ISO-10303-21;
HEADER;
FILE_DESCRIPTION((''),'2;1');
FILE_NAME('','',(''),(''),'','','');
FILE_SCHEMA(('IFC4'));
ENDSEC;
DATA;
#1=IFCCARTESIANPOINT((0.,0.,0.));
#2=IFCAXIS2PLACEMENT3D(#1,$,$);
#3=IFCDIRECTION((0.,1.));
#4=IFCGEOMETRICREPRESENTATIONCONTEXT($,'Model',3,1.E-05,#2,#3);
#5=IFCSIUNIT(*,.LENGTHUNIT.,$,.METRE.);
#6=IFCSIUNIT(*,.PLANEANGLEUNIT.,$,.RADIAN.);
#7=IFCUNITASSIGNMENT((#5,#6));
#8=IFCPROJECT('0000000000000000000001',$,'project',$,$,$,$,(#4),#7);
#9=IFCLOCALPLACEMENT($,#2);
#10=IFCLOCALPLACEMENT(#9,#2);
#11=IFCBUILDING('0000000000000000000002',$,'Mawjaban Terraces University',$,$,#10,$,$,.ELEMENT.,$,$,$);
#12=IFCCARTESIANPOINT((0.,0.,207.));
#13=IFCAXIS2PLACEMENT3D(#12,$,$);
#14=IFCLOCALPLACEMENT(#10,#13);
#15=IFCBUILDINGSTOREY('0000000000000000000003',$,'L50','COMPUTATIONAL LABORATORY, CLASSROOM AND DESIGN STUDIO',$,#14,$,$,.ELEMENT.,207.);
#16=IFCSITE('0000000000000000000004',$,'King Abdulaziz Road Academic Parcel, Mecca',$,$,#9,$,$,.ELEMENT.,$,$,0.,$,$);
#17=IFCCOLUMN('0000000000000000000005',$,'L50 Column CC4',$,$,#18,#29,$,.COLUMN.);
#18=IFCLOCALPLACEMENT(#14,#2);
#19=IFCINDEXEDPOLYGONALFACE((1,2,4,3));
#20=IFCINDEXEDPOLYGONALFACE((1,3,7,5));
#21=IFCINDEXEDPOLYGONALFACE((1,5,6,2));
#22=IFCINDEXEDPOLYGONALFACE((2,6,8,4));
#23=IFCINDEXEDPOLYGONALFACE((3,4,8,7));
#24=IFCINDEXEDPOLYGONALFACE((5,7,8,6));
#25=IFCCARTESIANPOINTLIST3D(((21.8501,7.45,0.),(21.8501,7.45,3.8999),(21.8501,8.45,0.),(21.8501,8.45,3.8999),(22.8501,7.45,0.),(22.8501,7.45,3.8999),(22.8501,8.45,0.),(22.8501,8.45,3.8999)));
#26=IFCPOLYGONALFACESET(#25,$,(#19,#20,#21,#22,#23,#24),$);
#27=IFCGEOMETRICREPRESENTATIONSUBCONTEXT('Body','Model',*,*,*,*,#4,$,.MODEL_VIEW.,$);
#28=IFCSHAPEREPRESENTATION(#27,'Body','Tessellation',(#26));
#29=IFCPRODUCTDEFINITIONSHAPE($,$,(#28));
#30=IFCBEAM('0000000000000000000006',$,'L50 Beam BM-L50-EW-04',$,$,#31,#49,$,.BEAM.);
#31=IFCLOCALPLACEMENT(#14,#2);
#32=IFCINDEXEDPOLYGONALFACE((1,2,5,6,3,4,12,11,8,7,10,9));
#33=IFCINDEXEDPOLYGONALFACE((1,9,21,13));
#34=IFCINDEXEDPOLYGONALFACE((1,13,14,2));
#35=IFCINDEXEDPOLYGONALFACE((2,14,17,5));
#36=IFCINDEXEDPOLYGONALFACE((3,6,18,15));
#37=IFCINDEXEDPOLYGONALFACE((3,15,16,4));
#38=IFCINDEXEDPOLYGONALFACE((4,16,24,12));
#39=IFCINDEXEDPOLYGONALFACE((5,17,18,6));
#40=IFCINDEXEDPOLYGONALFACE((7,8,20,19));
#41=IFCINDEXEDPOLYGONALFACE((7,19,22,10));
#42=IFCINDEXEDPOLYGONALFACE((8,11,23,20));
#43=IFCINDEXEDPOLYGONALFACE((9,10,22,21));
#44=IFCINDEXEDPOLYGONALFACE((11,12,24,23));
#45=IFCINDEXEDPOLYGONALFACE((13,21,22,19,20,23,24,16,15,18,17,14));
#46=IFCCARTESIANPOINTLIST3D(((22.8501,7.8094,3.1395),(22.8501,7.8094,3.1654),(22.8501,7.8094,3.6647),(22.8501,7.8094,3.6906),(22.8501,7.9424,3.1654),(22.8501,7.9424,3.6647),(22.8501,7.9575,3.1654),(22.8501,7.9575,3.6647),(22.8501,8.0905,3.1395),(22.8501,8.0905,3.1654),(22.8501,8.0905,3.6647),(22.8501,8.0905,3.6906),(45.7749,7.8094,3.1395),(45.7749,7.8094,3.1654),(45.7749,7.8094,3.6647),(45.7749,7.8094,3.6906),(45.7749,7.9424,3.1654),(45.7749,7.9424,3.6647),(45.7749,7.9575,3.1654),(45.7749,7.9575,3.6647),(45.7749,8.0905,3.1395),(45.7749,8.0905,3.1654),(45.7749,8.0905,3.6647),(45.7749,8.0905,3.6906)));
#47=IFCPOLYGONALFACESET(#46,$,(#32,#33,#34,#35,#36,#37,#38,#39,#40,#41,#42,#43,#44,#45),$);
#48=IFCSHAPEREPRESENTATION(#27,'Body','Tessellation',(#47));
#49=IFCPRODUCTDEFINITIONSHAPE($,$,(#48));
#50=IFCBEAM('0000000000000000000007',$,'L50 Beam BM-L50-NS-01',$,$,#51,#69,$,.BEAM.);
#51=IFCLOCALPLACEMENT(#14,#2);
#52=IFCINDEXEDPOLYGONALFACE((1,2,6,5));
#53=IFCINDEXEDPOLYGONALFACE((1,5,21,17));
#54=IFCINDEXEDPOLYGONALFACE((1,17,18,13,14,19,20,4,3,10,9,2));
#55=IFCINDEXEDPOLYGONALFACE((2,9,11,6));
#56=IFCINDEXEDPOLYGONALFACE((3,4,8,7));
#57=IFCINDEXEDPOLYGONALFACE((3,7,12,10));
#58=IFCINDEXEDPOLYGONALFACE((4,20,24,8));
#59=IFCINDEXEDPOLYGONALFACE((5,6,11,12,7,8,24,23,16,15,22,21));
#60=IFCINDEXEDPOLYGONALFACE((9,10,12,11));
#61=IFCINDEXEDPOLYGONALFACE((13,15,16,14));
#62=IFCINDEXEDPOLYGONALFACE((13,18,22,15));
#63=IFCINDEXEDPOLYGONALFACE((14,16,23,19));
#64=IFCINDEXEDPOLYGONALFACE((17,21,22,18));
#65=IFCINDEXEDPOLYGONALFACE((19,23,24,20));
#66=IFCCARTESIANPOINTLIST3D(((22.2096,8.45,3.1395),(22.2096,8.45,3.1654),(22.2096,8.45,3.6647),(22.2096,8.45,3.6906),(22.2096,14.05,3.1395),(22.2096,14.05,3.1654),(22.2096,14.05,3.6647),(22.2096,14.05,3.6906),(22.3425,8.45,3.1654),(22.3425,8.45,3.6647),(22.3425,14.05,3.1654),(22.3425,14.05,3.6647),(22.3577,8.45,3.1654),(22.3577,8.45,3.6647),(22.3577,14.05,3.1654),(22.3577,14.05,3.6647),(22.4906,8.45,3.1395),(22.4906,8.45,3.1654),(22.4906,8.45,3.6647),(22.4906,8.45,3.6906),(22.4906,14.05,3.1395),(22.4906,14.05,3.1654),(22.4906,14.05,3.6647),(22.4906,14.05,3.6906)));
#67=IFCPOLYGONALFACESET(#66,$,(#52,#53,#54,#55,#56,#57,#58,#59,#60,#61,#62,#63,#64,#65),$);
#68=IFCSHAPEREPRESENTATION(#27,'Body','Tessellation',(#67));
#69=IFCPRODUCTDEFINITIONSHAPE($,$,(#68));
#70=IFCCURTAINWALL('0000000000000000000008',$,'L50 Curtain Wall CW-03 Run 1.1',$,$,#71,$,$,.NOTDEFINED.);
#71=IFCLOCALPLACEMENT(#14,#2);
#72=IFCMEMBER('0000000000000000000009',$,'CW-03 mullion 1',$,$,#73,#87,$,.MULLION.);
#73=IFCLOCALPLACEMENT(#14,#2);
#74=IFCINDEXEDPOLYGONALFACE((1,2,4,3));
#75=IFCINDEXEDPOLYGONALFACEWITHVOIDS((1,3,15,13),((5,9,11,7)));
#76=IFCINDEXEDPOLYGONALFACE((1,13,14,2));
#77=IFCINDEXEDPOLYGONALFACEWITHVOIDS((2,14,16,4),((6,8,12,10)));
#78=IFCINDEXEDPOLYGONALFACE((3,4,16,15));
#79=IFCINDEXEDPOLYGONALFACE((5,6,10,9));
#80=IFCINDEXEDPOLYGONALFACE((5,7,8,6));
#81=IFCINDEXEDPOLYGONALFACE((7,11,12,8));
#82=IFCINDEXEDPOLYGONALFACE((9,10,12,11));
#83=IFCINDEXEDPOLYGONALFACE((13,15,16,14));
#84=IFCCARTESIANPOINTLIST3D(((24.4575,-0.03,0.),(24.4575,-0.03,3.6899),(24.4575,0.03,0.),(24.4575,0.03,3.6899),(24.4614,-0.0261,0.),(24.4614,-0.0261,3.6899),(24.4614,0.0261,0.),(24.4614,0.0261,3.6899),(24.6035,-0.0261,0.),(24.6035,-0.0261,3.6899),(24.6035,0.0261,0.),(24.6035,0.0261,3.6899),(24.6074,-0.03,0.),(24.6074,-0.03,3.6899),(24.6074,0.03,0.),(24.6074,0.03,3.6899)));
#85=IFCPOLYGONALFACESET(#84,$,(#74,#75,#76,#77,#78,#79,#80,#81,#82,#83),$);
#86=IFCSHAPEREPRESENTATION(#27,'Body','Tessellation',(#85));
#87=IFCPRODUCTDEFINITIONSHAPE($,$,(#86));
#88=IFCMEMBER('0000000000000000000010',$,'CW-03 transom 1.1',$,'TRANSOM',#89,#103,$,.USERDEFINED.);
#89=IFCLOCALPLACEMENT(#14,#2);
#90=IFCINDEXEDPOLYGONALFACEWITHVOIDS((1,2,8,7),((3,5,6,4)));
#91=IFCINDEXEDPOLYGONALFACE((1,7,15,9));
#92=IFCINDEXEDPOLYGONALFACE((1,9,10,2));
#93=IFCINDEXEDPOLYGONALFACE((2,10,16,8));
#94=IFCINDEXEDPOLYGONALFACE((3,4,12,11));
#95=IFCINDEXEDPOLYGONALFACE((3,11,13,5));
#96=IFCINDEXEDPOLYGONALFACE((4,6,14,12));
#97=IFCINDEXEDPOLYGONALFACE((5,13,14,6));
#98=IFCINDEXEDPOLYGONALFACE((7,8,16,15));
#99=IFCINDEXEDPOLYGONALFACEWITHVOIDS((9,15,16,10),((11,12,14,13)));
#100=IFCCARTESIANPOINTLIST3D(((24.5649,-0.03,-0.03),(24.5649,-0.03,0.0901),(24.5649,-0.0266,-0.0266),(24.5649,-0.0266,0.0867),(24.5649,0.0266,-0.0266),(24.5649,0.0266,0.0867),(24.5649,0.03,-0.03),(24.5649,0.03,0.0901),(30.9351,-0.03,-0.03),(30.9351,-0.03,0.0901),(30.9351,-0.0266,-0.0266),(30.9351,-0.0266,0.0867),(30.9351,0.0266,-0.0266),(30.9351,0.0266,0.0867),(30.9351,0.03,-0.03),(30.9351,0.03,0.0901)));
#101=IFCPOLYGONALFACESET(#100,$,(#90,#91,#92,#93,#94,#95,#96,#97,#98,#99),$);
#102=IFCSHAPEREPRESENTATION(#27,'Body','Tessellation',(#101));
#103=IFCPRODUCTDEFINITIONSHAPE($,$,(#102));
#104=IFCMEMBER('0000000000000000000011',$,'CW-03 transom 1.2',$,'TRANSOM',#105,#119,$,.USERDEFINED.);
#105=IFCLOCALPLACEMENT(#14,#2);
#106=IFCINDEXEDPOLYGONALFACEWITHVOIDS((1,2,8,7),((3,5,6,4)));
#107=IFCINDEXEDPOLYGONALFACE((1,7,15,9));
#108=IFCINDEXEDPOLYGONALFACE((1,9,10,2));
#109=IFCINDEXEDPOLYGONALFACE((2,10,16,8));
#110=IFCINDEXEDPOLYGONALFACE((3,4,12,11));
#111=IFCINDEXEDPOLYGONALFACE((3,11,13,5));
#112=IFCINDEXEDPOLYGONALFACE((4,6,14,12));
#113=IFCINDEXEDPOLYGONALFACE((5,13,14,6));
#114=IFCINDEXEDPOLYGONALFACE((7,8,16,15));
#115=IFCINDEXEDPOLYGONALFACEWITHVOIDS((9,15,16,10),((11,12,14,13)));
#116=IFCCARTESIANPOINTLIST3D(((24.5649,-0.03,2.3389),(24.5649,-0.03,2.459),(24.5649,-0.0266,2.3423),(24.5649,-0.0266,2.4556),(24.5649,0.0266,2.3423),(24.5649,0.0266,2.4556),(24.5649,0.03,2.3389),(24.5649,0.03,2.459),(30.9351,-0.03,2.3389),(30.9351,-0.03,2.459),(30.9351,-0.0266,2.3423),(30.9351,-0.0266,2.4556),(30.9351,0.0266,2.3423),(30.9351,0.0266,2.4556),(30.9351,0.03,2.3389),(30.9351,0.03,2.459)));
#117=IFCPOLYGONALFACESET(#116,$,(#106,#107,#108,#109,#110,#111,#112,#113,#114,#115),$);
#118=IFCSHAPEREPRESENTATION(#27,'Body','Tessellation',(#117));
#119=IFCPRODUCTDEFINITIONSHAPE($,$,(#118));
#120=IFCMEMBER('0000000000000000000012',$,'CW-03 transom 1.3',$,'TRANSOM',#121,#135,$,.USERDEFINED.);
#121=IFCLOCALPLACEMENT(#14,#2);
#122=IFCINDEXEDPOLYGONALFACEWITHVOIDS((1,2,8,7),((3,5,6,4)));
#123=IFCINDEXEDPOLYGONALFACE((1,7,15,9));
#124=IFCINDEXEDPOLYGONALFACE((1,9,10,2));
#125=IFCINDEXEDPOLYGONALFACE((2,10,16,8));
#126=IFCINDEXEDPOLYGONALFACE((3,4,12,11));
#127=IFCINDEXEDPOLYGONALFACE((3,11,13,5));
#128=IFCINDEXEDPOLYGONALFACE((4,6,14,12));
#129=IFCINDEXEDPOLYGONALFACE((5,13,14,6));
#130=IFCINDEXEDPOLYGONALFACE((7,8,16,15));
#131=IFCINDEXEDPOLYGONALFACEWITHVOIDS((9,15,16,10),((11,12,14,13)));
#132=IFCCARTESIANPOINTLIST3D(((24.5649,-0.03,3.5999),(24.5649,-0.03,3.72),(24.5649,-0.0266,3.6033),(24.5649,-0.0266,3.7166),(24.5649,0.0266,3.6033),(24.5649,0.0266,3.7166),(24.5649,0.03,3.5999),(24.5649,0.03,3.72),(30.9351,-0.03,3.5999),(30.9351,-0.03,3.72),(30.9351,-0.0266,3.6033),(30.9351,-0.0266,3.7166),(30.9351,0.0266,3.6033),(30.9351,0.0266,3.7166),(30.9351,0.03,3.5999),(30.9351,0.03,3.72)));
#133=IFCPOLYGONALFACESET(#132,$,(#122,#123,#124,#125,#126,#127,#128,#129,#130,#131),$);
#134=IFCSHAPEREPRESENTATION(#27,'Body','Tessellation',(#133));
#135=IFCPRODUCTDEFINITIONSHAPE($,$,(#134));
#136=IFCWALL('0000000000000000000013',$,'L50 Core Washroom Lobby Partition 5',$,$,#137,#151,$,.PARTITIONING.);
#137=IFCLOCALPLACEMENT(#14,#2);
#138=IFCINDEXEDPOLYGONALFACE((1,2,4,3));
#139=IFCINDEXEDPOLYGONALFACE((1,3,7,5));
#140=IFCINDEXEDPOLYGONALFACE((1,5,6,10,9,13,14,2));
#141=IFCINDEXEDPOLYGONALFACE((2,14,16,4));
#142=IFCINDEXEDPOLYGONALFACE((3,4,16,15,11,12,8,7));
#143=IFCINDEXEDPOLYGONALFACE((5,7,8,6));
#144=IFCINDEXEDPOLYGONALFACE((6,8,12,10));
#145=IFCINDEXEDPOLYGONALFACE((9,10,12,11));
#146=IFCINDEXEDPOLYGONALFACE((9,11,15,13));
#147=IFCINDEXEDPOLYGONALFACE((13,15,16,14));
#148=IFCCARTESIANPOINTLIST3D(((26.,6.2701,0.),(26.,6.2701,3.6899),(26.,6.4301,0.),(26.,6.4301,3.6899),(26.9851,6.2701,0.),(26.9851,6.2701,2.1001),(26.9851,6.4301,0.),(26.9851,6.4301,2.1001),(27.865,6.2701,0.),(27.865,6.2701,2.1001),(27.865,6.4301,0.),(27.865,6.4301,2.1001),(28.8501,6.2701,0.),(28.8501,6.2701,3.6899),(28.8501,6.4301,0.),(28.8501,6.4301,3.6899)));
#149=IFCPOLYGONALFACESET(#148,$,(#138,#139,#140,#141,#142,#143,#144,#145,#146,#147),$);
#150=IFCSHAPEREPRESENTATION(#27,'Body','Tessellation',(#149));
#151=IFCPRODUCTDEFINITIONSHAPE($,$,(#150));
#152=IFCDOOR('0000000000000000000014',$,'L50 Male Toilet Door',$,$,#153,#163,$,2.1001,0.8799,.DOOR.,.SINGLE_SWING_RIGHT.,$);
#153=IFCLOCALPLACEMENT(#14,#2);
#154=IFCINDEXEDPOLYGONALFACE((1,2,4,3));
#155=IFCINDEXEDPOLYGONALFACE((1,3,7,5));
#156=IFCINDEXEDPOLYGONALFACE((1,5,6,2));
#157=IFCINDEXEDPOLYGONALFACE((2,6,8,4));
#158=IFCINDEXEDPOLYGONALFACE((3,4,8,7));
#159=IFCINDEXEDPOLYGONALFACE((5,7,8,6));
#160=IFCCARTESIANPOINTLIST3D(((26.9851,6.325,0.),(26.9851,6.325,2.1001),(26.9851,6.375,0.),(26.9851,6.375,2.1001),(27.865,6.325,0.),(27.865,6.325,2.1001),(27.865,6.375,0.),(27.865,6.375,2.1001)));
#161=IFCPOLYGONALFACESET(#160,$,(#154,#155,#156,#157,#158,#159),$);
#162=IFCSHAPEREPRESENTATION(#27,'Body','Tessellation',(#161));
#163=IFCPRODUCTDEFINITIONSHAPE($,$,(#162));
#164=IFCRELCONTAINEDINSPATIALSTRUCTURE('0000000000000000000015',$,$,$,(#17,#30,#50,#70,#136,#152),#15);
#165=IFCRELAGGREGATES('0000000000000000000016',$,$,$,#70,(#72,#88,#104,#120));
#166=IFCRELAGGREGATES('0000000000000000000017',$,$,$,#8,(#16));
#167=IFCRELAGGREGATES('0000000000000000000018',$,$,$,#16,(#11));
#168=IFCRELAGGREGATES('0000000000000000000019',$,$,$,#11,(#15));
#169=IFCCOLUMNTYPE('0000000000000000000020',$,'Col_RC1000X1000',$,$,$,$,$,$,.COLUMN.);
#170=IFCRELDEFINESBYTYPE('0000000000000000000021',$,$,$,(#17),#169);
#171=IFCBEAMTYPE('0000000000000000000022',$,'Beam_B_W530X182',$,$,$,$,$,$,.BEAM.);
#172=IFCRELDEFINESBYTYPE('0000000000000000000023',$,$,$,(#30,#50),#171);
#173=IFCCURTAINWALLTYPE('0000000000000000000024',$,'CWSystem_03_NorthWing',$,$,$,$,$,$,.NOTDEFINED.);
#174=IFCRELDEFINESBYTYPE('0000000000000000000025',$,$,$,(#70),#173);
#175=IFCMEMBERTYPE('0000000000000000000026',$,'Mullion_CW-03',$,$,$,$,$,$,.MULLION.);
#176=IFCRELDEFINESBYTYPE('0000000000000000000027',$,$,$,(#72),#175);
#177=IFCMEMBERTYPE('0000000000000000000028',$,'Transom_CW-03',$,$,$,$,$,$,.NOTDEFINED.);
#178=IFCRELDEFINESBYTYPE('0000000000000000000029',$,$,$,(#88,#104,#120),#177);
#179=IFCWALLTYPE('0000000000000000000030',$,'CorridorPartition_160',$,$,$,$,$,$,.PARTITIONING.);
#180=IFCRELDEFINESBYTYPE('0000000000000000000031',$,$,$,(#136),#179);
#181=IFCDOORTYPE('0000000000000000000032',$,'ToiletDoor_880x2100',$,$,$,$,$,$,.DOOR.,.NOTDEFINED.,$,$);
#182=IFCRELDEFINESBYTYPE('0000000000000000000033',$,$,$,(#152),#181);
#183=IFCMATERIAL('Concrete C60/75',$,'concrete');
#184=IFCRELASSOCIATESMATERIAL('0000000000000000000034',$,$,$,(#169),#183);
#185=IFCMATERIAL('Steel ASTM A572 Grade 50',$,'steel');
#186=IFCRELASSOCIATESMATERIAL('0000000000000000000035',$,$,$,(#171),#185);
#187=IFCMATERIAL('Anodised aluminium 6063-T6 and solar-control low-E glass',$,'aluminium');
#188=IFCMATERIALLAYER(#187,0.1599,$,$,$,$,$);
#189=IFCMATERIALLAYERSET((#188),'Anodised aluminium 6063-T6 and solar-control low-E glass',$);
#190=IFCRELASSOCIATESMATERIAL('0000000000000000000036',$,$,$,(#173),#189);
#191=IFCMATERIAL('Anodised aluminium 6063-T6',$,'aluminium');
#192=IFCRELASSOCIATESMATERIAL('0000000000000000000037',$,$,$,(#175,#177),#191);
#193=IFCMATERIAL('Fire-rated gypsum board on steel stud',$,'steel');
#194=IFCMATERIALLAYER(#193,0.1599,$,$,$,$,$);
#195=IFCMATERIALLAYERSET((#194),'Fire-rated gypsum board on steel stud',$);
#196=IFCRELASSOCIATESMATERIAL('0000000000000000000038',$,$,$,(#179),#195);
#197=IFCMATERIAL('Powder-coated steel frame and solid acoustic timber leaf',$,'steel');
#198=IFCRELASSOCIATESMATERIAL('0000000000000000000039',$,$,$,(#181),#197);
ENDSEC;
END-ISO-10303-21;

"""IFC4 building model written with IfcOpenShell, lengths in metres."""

from ifc_helpers import new_model, si_unit, direction, frame, frame_2d, origin, origin_2d, place, context, subcontext, project, spatial, rectangle, hollow_rectangle, i_section, extrude, material, layer, layer_set, material_profile, profile_set, type_object, element, fill, aggregate, save


model = new_model("IFC4")

# Units and contexts
model_context = context("Model", 3, precision=1e-05, world=origin(), true_north=direction((0.0, 1.0)))
body_context = subcontext(model_context, "Body", "Model", "MODEL_VIEW")
ifc_project = project(units=[si_unit("LENGTHUNIT", "METRE"), si_unit("PLANEANGLEUNIT", "RADIAN")], contexts=[model_context])

# Site, building, storey
site_placement = place(None, origin())
site = spatial("IfcSite", under=ifc_project, at=site_placement, Name="King Abdulaziz Road Academic Parcel, Mecca", CompositionType="ELEMENT", RefElevation=0.0)
building_placement = place(site_placement, origin())
building = spatial("IfcBuilding", under=site, at=building_placement, Name="Mawjaban Terraces University", CompositionType="ELEMENT")
storey_placement = place(building_placement, frame((0.0, 0.0, 207.0)))
storey = spatial("IfcBuildingStorey", under=building, at=storey_placement, Name="L50", Description="COMPUTATIONAL LABORATORY, CLASSROOM AND DESIGN STUDIO", CompositionType="ELEMENT", Elevation=207.0)

# Column
ifc_material_1 = material(Name="Concrete C60/75", Category="concrete")
ifc_material_profile_1 = material_profile(ifc_material_1, rectangle(XDim=1.0, YDim=1.0, at=origin_2d()), Name="RC1000X1000")
ifc_profile_set_1 = profile_set([ifc_material_profile_1], Name="Concrete C60/75")
column_type = type_object("IfcColumnType", Name="Col_RC1000X1000", PredefinedType="COLUMN", material=ifc_profile_set_1)
column_placement = place(storey_placement, frame((22.3501, 7.95, 0.0), z_axis=(0.0, 0.0, 1.0), x_axis=(1.0, 0.0, 0.0)))
element("IfcColumn", 1, at=column_placement, inside=storey, type_object=column_type, Name="L50 Column CC4", PredefinedType="COLUMN", context=body_context, shape_type="SweptSolid", body=[
    extrude(rectangle(XDim=1.0, YDim=1.0, at=origin_2d()), origin(), (0.0, 0.0, 1.0), 3.8999),
])

# Beams
ifc_material_2 = material(Name="Steel ASTM A572 Grade 50", Category="steel")
ifc_material_profile_2 = material_profile(ifc_material_2, i_section(OverallWidth=0.281, OverallDepth=0.551, WebThickness=0.0151, FlangeThickness=0.0259, at=origin_2d()), Name="W530X182")
ifc_profile_set_2 = profile_set([ifc_material_profile_2], Name="Steel ASTM A572 Grade 50")
beam_type = type_object("IfcBeamType", Name="Beam_B_W530X182", PredefinedType="BEAM", material=ifc_profile_set_2)
beam_1_placement = place(storey_placement, frame((22.8501, 7.95, 3.415), z_axis=(1.0, 0.0, 0.0), x_axis=(0.0, 1.0, 0.0)))
element("IfcBeam", 2, at=beam_1_placement, inside=storey, type_object=beam_type, Name="L50 Beam BM-L50-EW-04", PredefinedType="BEAM", context=body_context, shape_type="SweptSolid", body=[
    extrude(i_section(OverallWidth=0.281, OverallDepth=0.551, WebThickness=0.0151, FlangeThickness=0.0259, at=origin_2d()), origin(), (0.0, 0.0, 1.0), 22.9248),
])
beam_2_placement = place(storey_placement, frame((22.3501, 8.45, 3.415), z_axis=(0.0, 1.0, 0.0), x_axis=(-1.0, 0.0, 0.0)))
element("IfcBeam", 3, at=beam_2_placement, inside=storey, type_object=beam_type, Name="L50 Beam BM-L50-NS-01", PredefinedType="BEAM", context=body_context, shape_type="SweptSolid", body=[
    extrude(i_section(OverallWidth=0.281, OverallDepth=0.551, WebThickness=0.0151, FlangeThickness=0.0259, at=origin_2d()), origin(), (0.0, 0.0, 1.0), 5.6001),
])

# Curtain wall, members
ifc_material_3 = material(Name="Anodised aluminium 6063-T6 and solar-control low-E glass", Category="aluminium")
ifc_layer_1 = layer(ifc_material_3, 0.1599)
ifc_layer_set_1 = layer_set([ifc_layer_1], Name="Anodised aluminium 6063-T6 and solar-control low-E glass")
curtain_wall_type = type_object("IfcCurtainWallType", Name="CWSystem_03_NorthWing", PredefinedType="NOTDEFINED", material=ifc_layer_set_1)
curtain_wall_placement = place(storey_placement, origin())
curtain_wall = element("IfcCurtainWall", 4, at=curtain_wall_placement, inside=storey, type_object=curtain_wall_type, Name="L50 Curtain Wall CW-03 Run 1.1", PredefinedType="NOTDEFINED")
ifc_material_4 = material(Name="Anodised aluminium 6063-T6", Category="aluminium")
ifc_material_profile_3 = material_profile(ifc_material_4, hollow_rectangle(XDim=0.0601, YDim=0.1499, WallThickness=0.0039, at=origin_2d()), Name="ALU150X60X4")
ifc_profile_set_3 = profile_set([ifc_material_profile_3], Name="Anodised aluminium 6063-T6")
member_type_1 = type_object("IfcMemberType", Name="Mullion_CW-03", PredefinedType="MULLION", material=ifc_profile_set_3)
member_1_placement = place(storey_placement, frame((24.5325, 0.0, 0.0), z_axis=(0.0, 0.0, 1.0), x_axis=(0.0, 1.0, 0.0)))
member_1 = element("IfcMember", 5, at=member_1_placement, type_object=member_type_1, Name="CW-03 mullion 1", PredefinedType="MULLION", context=body_context, shape_type="SweptSolid", body=[
    extrude(hollow_rectangle(XDim=0.0601, YDim=0.1499, WallThickness=0.0039, at=origin_2d()), origin(), (0.0, 0.0, 1.0), 3.6899),
])
ifc_material_profile_4 = material_profile(ifc_material_4, hollow_rectangle(XDim=0.0601, YDim=0.1201, WallThickness=0.0034, at=origin_2d()), Name="ALU120X60X3.5")
ifc_profile_set_4 = profile_set([ifc_material_profile_4], Name="Anodised aluminium 6063-T6")
member_type_2 = type_object("IfcMemberType", Name="Transom_CW-03", PredefinedType="NOTDEFINED", material=ifc_profile_set_4)
member_2_placement = place(storey_placement, frame((24.5649, 0.0, 0.03), z_axis=(1.0, 0.0, 0.0), x_axis=(0.0, 1.0, 0.0)))
member_2 = element("IfcMember", 6, at=member_2_placement, type_object=member_type_2, Name="CW-03 transom 1.1", ObjectType="TRANSOM", PredefinedType="USERDEFINED", context=body_context, shape_type="SweptSolid", body=[
    extrude(hollow_rectangle(XDim=0.0601, YDim=0.1201, WallThickness=0.0034, at=origin_2d()), origin(), (0.0, 0.0, 1.0), 6.3701),
])
member_3_placement = place(storey_placement, frame((24.5649, 0.0, 2.3989), z_axis=(1.0, 0.0, 0.0), x_axis=(0.0, 1.0, 0.0)))
member_3 = element("IfcMember", 7, at=member_3_placement, type_object=member_type_2, Name="CW-03 transom 1.2", ObjectType="TRANSOM", PredefinedType="USERDEFINED", context=body_context, shape_type="SweptSolid", body=[
    extrude(hollow_rectangle(XDim=0.0601, YDim=0.1201, WallThickness=0.0034, at=origin_2d()), origin(), (0.0, 0.0, 1.0), 6.3701),
])
member_4_placement = place(storey_placement, frame((24.5649, 0.0, 3.6599), z_axis=(1.0, 0.0, 0.0), x_axis=(0.0, 1.0, 0.0)))
member_4 = element("IfcMember", 8, at=member_4_placement, type_object=member_type_2, Name="CW-03 transom 1.3", ObjectType="TRANSOM", PredefinedType="USERDEFINED", context=body_context, shape_type="SweptSolid", body=[
    extrude(hollow_rectangle(XDim=0.0601, YDim=0.1201, WallThickness=0.0034, at=origin_2d()), origin(), (0.0, 0.0, 1.0), 6.3701),
])
aggregate(curtain_wall, [member_1, member_2, member_3, member_4])

# Wall, opening, door
ifc_material_5 = material(Name="Fire-rated gypsum board on steel stud", Category="steel")
ifc_layer_2 = layer(ifc_material_5, 0.1599)
ifc_layer_set_2 = layer_set([ifc_layer_2], Name="Fire-rated gypsum board on steel stud")
wall_type_1 = type_object("IfcWallType", Name="CorridorPartition_160", PredefinedType="PARTITIONING", material=ifc_layer_set_2)
wall_1_placement = place(storey_placement, frame((26.0, 6.3501, 0.0), z_axis=(0.0, 0.0, 1.0), x_axis=(1.0, 0.0, 0.0)))
wall_1 = element("IfcWall", 9, at=wall_1_placement, inside=storey, type_object=wall_type_1, Name="L50 Core Washroom Lobby Partition 5", PredefinedType="PARTITIONING", context=body_context, shape_type="SweptSolid", body=[
    extrude(rectangle(XDim=2.8501, YDim=0.1599, at=frame_2d((1.425, 0.0))), origin(), (0.0, 0.0, 1.0), 3.6899),
])
opening_1_placement = place(wall_1_placement, frame((0.9851, 0.0, 0.0)))
opening_1 = element("IfcOpeningElement", 10, at=opening_1_placement, cuts=wall_1, PredefinedType="OPENING", context=body_context, shape_type="SweptSolid", body=[
    extrude(rectangle(XDim=0.8799, YDim=2.1001, at=frame_2d((0.4399, 1.05))), frame((0.0, 0.0898, 0.0), z_axis=(0.0, -1.0, 0.0), x_axis=(1.0, 0.0, 0.0)), (0.0, 0.0, 1.0), 0.1799),
])
ifc_material_6 = material(Name="Powder-coated steel frame and solid acoustic timber leaf", Category="steel")
door_type = type_object("IfcDoorType", Name="ToiletDoor_880x2100", OperationType="NOTDEFINED", PredefinedType="DOOR", material=ifc_material_6)
door_1_placement = place(opening_1_placement, origin())
door_1 = element("IfcDoor", 11, at=door_1_placement, inside=storey, type_object=door_type, Name="L50 Male Toilet Door", OperationType="SINGLE_SWING_RIGHT", OverallHeight=2.1001, OverallWidth=0.8799, PredefinedType="DOOR", context=body_context, shape_type="SweptSolid", body=[
    extrude(rectangle(XDim=0.8799, YDim=2.1001, at=frame_2d((0.4399, 1.05))), frame((0.0, 0.0249, 0.0), z_axis=(0.0, -1.0, 0.0), x_axis=(1.0, 0.0, 0.0)), (0.0, 0.0, 1.0), 0.05),
])
fill(opening_1, door_1)

save(model, "model.ifc")
